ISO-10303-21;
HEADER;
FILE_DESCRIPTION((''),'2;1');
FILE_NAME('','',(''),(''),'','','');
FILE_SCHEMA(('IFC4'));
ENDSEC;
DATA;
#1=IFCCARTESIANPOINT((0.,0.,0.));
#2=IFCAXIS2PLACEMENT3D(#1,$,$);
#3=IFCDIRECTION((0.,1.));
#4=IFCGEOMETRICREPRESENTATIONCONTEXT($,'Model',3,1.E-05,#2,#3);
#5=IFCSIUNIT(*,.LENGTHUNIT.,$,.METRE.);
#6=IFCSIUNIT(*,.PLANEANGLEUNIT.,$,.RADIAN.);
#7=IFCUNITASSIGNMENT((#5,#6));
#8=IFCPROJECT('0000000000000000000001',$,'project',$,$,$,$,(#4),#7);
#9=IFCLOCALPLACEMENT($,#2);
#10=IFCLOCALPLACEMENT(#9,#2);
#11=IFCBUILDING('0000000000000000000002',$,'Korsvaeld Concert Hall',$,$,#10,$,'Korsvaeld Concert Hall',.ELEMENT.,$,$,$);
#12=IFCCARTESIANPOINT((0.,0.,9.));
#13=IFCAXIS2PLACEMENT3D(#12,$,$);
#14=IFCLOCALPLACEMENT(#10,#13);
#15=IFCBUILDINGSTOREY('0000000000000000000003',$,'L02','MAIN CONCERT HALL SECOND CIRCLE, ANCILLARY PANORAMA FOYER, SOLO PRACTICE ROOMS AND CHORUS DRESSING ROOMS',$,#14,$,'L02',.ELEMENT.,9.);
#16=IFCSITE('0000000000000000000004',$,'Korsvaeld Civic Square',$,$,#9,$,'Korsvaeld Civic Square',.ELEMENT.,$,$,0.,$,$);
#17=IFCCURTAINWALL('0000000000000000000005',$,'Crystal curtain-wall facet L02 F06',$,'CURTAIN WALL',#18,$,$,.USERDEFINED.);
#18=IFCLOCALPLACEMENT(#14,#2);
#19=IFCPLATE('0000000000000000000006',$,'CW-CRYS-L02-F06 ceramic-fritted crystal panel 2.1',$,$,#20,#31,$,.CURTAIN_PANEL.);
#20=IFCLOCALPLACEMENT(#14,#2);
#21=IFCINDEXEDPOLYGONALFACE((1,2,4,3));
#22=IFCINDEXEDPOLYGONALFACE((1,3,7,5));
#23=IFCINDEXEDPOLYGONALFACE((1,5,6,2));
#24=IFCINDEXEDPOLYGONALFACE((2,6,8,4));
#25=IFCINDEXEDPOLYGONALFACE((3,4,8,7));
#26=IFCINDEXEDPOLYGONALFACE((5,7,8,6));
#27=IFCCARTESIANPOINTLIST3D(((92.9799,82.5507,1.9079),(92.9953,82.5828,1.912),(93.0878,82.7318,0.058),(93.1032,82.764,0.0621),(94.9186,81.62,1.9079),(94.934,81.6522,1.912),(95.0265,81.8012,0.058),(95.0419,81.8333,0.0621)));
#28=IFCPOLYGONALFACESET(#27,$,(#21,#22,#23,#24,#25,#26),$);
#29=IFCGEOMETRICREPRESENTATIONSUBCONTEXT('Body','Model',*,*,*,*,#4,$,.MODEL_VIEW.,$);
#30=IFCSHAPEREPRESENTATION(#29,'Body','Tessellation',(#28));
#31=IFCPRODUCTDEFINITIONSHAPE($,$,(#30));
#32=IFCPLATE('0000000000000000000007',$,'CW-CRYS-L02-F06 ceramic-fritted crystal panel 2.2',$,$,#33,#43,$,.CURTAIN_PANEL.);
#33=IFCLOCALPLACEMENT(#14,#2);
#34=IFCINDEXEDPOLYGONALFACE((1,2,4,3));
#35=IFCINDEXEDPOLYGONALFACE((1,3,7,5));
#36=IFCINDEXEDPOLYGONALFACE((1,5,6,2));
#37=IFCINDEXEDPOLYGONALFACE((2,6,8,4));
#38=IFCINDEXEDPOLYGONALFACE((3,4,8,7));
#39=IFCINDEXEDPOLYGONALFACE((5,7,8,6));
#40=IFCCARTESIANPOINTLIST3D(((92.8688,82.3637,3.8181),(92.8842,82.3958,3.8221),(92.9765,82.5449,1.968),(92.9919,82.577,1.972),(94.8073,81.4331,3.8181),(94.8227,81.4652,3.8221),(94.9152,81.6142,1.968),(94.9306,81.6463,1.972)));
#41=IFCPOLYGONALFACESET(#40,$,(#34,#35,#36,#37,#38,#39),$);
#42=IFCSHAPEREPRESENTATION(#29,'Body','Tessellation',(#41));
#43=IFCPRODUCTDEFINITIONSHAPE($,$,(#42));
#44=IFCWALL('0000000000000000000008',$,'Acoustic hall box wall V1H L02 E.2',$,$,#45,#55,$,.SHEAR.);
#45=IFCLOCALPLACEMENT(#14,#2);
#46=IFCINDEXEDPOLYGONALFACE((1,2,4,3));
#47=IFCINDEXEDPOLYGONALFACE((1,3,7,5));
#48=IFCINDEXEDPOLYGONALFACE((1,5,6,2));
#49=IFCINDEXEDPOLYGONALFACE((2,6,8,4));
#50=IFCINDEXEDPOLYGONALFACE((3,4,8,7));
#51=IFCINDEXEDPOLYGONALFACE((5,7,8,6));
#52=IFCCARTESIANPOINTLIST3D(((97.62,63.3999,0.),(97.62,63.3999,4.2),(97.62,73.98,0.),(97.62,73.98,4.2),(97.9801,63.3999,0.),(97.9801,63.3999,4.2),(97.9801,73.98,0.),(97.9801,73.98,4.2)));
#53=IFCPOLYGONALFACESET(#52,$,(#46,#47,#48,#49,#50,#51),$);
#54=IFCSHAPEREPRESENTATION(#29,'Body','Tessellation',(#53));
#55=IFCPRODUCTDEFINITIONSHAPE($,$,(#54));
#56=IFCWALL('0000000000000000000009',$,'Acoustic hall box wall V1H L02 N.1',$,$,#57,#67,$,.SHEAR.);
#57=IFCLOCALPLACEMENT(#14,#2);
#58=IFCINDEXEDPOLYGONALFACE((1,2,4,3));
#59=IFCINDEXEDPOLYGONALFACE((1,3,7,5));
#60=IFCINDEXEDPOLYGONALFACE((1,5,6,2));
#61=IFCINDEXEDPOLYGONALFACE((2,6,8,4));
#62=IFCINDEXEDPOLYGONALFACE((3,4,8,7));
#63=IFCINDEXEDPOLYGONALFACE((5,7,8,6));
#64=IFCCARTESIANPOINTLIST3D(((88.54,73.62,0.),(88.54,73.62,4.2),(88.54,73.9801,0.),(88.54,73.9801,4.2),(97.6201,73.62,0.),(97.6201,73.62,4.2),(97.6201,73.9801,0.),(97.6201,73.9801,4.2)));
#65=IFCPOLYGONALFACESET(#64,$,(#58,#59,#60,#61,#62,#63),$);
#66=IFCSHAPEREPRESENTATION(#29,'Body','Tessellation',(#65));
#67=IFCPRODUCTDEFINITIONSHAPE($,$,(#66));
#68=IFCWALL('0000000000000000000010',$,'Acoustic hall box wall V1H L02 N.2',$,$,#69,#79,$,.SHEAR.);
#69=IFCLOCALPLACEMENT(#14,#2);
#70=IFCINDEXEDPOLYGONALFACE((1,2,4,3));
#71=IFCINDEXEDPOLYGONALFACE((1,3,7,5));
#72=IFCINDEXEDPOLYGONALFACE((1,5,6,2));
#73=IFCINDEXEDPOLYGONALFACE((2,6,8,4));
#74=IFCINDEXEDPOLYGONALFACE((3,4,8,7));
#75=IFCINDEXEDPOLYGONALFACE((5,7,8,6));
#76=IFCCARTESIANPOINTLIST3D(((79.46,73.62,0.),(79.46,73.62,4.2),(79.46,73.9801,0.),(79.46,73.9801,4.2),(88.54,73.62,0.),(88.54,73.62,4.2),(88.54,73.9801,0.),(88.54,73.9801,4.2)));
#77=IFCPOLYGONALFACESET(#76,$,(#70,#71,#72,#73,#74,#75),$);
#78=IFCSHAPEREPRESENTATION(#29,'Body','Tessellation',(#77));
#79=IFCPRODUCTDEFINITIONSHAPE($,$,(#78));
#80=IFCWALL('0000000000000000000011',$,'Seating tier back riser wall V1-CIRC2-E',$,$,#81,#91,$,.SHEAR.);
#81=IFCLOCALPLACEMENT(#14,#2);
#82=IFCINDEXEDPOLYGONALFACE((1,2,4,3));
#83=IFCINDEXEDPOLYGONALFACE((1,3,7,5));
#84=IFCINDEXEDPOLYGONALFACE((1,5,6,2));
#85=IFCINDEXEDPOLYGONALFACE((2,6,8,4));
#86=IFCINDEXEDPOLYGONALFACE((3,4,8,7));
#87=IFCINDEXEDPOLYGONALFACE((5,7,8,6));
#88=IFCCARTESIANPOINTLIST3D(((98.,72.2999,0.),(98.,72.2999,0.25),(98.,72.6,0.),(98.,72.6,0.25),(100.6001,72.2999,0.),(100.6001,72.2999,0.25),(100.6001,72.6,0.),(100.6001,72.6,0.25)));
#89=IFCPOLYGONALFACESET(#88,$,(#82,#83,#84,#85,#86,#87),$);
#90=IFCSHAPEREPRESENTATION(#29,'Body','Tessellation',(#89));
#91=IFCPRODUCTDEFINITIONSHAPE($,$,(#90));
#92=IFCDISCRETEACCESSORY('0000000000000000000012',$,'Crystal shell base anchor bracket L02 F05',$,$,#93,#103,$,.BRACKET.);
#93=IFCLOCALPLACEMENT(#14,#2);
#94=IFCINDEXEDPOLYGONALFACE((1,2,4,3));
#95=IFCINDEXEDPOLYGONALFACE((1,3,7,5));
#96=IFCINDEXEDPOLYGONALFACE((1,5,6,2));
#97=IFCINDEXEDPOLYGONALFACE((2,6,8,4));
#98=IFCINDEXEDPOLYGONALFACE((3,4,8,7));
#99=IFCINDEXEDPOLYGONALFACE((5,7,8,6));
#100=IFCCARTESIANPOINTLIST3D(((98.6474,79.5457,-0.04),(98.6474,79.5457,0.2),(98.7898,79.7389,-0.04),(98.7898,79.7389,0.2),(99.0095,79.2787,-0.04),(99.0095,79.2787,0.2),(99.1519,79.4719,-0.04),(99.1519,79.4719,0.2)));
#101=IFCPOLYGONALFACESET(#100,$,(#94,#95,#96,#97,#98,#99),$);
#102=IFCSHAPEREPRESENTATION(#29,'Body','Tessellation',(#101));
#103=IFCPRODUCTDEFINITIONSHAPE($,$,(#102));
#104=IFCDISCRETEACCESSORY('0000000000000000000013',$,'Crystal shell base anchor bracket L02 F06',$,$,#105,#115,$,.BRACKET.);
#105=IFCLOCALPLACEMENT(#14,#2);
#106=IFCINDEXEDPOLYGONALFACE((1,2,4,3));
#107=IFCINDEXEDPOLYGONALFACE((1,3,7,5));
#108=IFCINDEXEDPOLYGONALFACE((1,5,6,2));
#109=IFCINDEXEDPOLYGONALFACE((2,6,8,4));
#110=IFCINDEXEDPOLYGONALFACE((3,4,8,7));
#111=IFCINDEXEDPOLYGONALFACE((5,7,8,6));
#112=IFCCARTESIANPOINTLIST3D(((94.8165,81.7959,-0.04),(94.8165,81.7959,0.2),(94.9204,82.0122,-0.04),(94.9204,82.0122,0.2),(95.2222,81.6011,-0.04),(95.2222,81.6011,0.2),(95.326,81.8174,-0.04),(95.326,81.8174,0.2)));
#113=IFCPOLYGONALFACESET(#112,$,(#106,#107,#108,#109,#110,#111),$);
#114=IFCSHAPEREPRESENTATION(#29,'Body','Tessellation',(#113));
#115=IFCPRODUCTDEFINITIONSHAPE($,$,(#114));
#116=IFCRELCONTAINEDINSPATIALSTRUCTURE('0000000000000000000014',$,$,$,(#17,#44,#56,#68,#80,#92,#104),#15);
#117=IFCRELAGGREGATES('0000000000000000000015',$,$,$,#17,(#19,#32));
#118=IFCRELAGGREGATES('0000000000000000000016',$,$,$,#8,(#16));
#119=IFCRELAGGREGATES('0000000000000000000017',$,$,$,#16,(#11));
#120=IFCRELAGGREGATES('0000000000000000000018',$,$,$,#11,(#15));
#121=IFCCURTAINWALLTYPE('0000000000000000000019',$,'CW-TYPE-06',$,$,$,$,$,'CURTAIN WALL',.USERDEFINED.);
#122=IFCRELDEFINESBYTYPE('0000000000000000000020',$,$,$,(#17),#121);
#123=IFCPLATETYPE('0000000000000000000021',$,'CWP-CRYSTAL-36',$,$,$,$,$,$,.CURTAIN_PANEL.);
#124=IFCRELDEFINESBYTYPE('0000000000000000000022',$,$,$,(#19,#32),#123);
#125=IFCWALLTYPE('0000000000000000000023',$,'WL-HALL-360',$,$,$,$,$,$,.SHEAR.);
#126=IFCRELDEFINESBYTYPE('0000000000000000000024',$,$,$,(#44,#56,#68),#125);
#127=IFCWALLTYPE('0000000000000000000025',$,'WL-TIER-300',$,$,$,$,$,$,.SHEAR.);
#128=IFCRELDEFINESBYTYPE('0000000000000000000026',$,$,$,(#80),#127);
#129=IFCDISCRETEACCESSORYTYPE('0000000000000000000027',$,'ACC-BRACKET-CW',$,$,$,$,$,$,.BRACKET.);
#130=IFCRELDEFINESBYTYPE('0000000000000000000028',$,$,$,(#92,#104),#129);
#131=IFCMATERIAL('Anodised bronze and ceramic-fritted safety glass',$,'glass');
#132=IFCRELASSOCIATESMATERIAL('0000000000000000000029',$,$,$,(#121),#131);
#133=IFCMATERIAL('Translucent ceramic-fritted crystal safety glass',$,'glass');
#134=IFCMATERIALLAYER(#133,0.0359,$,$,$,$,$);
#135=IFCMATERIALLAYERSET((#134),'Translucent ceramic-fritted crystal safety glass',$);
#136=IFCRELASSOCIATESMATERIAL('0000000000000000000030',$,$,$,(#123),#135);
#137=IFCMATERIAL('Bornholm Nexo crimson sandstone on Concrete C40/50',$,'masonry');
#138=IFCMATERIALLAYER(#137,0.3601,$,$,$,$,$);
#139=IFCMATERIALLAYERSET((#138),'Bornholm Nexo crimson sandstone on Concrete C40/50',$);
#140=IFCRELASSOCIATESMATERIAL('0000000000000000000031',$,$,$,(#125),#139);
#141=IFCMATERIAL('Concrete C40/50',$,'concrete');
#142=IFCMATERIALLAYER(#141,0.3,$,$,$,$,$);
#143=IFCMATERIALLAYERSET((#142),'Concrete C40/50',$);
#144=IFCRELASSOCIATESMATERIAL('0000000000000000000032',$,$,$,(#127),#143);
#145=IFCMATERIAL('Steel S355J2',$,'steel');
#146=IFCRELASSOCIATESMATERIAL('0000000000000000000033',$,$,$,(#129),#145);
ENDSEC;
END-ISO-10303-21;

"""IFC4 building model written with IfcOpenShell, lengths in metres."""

from ifc_helpers import new_model, si_unit, direction, frame, frame_2d, origin, origin_2d, place, context, subcontext, project, spatial, polyline, rectangle, outline, extrude, material, layer, layer_set, type_object, element, aggregate, save


model = new_model("IFC4")

# Units and contexts
model_context = context("Model", 3, precision=1e-05, world=origin(), true_north=direction((0.0, 1.0)))
body_context = subcontext(model_context, "Body", "Model", "MODEL_VIEW")
ifc_project = project(units=[si_unit("LENGTHUNIT", "METRE"), si_unit("PLANEANGLEUNIT", "RADIAN")], contexts=[model_context])

# Site, building, storey
site_placement = place(None, origin())
site = spatial("IfcSite", under=ifc_project, at=site_placement, Name="Korsvaeld Civic Square", LongName="Korsvaeld Civic Square", CompositionType="ELEMENT", RefElevation=0.0)
building_placement = place(site_placement, origin())
building = spatial("IfcBuilding", under=site, at=building_placement, Name="Korsvaeld Concert Hall", LongName="Korsvaeld Concert Hall", CompositionType="ELEMENT")
storey_placement = place(building_placement, frame((0.0, 0.0, 9.0)))
storey = spatial("IfcBuildingStorey", under=building, at=storey_placement, Name="L02", Description="MAIN CONCERT HALL SECOND CIRCLE, ANCILLARY PANORAMA FOYER, SOLO PRACTICE ROOMS AND CHORUS DRESSING ROOMS", LongName="L02", CompositionType="ELEMENT", Elevation=9.0)

# Shared definitions
ifc_material_1 = material(Name="Concrete C40/50", Category="concrete")

# Curtain wall
ifc_material_2 = material(Name="Anodised bronze and ceramic-fritted safety glass", Category="glass")
curtain_wall_type_1 = type_object("IfcCurtainWallType", Name="CW-TYPE-06", ElementType="CURTAIN WALL", PredefinedType="USERDEFINED", material=ifc_material_2)
curtain_wall_1_placement = place(storey_placement, origin())
curtain_wall_1 = element("IfcCurtainWall", 1, at=curtain_wall_1_placement, inside=storey, type_object=curtain_wall_type_1, Name="Crystal curtain-wall facet L02 F06", ObjectType="CURTAIN WALL", PredefinedType="USERDEFINED")

# Plates
ifc_material_3 = material(Name="Translucent ceramic-fritted crystal safety glass", Category="glass")
ifc_layer_1 = layer(ifc_material_3, 0.0359)
ifc_layer_set_1 = layer_set([ifc_layer_1], Name="Translucent ceramic-fritted crystal safety glass")
plate_type = type_object("IfcPlateType", Name="CWP-CRYSTAL-36", PredefinedType="CURTAIN_PANEL", material=ifc_layer_set_1)
plate_1_placement = place(storey_placement, frame((95.0342, 81.8171, 0.0601), z_axis=(0.429998, 0.895755, 0.112803), x_axis=(-0.901509, 0.432761, 0.0)))
plate_1 = element("IfcPlate", 2, at=plate_1_placement, type_object=plate_type, Name="CW-CRYS-L02-F06 ceramic-fritted crystal panel 2.1", PredefinedType="CURTAIN_PANEL", context=body_context, shape_type="SweptSolid", body=[
    extrude(outline(polyline([(0.0, 0.0), (2.1505, 0.0), (2.1694, 1.8617), (0.0189, 1.8617), (0.0, 0.0)])), frame((0.0, 0.0, 0.0181)), (0.0, 0.0, -1.0), 0.0359),
])
plate_2_placement = place(storey_placement, frame((94.9229, 81.6301, 1.97), z_axis=(0.430023, 0.895749, 0.112761), x_axis=(-0.901498, 0.432782, 0.000003)))
plate_2 = element("IfcPlate", 3, at=plate_2_placement, type_object=plate_type, Name="CW-CRYS-L02-F06 ceramic-fritted crystal panel 2.2", PredefinedType="CURTAIN_PANEL", context=body_context, shape_type="SweptSolid", body=[
    extrude(outline(polyline([(0.0, 0.0), (2.1505, 0.0), (2.1692, 1.862), (0.0189, 1.862), (0.0, 0.0)])), frame((0.0, 0.0, 0.0181)), (0.0, 0.0, -1.0), 0.0359),
])
aggregate(curtain_wall_1, [plate_1, plate_2])

# Walls
ifc_material_4 = material(Name="Bornholm Nexo crimson sandstone on Concrete C40/50", Category="masonry")
ifc_layer_2 = layer(ifc_material_4, 0.3601)
ifc_layer_set_2 = layer_set([ifc_layer_2], Name="Bornholm Nexo crimson sandstone on Concrete C40/50")
wall_type_1 = type_object("IfcWallType", Name="WL-HALL-360", PredefinedType="SHEAR", material=ifc_layer_set_2)
wall_1_placement = place(storey_placement, frame((97.8, 63.3999, 0.0), z_axis=(0.0, 0.0, 1.0), x_axis=(0.0, 1.0, 0.0)))
element("IfcWall", 4, at=wall_1_placement, inside=storey, type_object=wall_type_1, Name="Acoustic hall box wall V1H L02 E.2", PredefinedType="SHEAR", context=body_context, shape_type="SweptSolid", body=[
    extrude(rectangle(XDim=10.5801, YDim=0.3601, at=frame_2d((5.29, 0.0))), origin(), (0.0, 0.0, 1.0), 4.2),
])
for number, where, z_axis, x_axis, name in (
    (5, (97.6201, 73.8, 0.0), (0.0, 0.0, 1.0), (-1.0, 0.0, 0.0), "Acoustic hall box wall V1H L02 N.1"),
    (6, (88.54, 73.8, 0.0), (0.0, 0.0, 1.0), (-1.0, 0.0, 0.0), "Acoustic hall box wall V1H L02 N.2"),
):
    element("IfcWall", number, at=place(storey_placement, frame(where, z_axis=z_axis, x_axis=x_axis)), inside=storey, type_object=wall_type_1, Name=name, PredefinedType="SHEAR", context=body_context, shape_type="SweptSolid", body=[
        extrude(rectangle(XDim=9.0801, YDim=0.3601, at=frame_2d((4.54, 0.0))), origin(), (0.0, 0.0, 1.0), 4.2),
    ])
ifc_layer_3 = layer(ifc_material_1, 0.3)
ifc_layer_set_3 = layer_set([ifc_layer_3], Name="Concrete C40/50")
wall_type_2 = type_object("IfcWallType", Name="WL-TIER-300", PredefinedType="SHEAR", material=ifc_layer_set_3)
wall_2_placement = place(storey_placement, frame((98.0, 72.45, 0.0), z_axis=(0.0, 0.0, 1.0), x_axis=(1.0, 0.0, 0.0)))
element("IfcWall", 7, at=wall_2_placement, inside=storey, type_object=wall_type_2, Name="Seating tier back riser wall V1-CIRC2-E", PredefinedType="SHEAR", context=body_context, shape_type="SweptSolid", body=[
    extrude(rectangle(XDim=2.6001, YDim=0.3, at=frame_2d((1.3, 0.0))), origin(), (0.0, 0.0, 1.0), 0.25),
])

# Discrete accessories
ifc_material_5 = material(Name="Steel S355J2", Category="steel")
discrete_accessory_type = type_object("IfcDiscreteAccessoryType", Name="ACC-BRACKET-CW", PredefinedType="BRACKET", material=ifc_material_5)
for number, where, z_axis, x_axis, name in (
    (8, (98.8997, 79.5088, -0.04), (0.0, 0.0, 1.0), (-0.804894, 0.593419, 0.0), "Crystal shell base anchor bracket L02 F05"),
    (9, (95.0713, 81.8066, -0.04), (0.0, 0.0, 1.0), (-0.901455, 0.432873, 0.0), "Crystal shell base anchor bracket L02 F06"),
):
    element("IfcDiscreteAccessory", number, at=place(storey_placement, frame(where, z_axis=z_axis, x_axis=x_axis)), inside=storey, type_object=discrete_accessory_type, Name=name, PredefinedType="BRACKET", context=body_context, shape_type="SweptSolid", body=[
        extrude(rectangle(XDim=0.45, YDim=0.24, at=origin_2d()), origin(), (0.0, 0.0, 1.0), 0.24),
    ])

save(model, "model.ifc")
